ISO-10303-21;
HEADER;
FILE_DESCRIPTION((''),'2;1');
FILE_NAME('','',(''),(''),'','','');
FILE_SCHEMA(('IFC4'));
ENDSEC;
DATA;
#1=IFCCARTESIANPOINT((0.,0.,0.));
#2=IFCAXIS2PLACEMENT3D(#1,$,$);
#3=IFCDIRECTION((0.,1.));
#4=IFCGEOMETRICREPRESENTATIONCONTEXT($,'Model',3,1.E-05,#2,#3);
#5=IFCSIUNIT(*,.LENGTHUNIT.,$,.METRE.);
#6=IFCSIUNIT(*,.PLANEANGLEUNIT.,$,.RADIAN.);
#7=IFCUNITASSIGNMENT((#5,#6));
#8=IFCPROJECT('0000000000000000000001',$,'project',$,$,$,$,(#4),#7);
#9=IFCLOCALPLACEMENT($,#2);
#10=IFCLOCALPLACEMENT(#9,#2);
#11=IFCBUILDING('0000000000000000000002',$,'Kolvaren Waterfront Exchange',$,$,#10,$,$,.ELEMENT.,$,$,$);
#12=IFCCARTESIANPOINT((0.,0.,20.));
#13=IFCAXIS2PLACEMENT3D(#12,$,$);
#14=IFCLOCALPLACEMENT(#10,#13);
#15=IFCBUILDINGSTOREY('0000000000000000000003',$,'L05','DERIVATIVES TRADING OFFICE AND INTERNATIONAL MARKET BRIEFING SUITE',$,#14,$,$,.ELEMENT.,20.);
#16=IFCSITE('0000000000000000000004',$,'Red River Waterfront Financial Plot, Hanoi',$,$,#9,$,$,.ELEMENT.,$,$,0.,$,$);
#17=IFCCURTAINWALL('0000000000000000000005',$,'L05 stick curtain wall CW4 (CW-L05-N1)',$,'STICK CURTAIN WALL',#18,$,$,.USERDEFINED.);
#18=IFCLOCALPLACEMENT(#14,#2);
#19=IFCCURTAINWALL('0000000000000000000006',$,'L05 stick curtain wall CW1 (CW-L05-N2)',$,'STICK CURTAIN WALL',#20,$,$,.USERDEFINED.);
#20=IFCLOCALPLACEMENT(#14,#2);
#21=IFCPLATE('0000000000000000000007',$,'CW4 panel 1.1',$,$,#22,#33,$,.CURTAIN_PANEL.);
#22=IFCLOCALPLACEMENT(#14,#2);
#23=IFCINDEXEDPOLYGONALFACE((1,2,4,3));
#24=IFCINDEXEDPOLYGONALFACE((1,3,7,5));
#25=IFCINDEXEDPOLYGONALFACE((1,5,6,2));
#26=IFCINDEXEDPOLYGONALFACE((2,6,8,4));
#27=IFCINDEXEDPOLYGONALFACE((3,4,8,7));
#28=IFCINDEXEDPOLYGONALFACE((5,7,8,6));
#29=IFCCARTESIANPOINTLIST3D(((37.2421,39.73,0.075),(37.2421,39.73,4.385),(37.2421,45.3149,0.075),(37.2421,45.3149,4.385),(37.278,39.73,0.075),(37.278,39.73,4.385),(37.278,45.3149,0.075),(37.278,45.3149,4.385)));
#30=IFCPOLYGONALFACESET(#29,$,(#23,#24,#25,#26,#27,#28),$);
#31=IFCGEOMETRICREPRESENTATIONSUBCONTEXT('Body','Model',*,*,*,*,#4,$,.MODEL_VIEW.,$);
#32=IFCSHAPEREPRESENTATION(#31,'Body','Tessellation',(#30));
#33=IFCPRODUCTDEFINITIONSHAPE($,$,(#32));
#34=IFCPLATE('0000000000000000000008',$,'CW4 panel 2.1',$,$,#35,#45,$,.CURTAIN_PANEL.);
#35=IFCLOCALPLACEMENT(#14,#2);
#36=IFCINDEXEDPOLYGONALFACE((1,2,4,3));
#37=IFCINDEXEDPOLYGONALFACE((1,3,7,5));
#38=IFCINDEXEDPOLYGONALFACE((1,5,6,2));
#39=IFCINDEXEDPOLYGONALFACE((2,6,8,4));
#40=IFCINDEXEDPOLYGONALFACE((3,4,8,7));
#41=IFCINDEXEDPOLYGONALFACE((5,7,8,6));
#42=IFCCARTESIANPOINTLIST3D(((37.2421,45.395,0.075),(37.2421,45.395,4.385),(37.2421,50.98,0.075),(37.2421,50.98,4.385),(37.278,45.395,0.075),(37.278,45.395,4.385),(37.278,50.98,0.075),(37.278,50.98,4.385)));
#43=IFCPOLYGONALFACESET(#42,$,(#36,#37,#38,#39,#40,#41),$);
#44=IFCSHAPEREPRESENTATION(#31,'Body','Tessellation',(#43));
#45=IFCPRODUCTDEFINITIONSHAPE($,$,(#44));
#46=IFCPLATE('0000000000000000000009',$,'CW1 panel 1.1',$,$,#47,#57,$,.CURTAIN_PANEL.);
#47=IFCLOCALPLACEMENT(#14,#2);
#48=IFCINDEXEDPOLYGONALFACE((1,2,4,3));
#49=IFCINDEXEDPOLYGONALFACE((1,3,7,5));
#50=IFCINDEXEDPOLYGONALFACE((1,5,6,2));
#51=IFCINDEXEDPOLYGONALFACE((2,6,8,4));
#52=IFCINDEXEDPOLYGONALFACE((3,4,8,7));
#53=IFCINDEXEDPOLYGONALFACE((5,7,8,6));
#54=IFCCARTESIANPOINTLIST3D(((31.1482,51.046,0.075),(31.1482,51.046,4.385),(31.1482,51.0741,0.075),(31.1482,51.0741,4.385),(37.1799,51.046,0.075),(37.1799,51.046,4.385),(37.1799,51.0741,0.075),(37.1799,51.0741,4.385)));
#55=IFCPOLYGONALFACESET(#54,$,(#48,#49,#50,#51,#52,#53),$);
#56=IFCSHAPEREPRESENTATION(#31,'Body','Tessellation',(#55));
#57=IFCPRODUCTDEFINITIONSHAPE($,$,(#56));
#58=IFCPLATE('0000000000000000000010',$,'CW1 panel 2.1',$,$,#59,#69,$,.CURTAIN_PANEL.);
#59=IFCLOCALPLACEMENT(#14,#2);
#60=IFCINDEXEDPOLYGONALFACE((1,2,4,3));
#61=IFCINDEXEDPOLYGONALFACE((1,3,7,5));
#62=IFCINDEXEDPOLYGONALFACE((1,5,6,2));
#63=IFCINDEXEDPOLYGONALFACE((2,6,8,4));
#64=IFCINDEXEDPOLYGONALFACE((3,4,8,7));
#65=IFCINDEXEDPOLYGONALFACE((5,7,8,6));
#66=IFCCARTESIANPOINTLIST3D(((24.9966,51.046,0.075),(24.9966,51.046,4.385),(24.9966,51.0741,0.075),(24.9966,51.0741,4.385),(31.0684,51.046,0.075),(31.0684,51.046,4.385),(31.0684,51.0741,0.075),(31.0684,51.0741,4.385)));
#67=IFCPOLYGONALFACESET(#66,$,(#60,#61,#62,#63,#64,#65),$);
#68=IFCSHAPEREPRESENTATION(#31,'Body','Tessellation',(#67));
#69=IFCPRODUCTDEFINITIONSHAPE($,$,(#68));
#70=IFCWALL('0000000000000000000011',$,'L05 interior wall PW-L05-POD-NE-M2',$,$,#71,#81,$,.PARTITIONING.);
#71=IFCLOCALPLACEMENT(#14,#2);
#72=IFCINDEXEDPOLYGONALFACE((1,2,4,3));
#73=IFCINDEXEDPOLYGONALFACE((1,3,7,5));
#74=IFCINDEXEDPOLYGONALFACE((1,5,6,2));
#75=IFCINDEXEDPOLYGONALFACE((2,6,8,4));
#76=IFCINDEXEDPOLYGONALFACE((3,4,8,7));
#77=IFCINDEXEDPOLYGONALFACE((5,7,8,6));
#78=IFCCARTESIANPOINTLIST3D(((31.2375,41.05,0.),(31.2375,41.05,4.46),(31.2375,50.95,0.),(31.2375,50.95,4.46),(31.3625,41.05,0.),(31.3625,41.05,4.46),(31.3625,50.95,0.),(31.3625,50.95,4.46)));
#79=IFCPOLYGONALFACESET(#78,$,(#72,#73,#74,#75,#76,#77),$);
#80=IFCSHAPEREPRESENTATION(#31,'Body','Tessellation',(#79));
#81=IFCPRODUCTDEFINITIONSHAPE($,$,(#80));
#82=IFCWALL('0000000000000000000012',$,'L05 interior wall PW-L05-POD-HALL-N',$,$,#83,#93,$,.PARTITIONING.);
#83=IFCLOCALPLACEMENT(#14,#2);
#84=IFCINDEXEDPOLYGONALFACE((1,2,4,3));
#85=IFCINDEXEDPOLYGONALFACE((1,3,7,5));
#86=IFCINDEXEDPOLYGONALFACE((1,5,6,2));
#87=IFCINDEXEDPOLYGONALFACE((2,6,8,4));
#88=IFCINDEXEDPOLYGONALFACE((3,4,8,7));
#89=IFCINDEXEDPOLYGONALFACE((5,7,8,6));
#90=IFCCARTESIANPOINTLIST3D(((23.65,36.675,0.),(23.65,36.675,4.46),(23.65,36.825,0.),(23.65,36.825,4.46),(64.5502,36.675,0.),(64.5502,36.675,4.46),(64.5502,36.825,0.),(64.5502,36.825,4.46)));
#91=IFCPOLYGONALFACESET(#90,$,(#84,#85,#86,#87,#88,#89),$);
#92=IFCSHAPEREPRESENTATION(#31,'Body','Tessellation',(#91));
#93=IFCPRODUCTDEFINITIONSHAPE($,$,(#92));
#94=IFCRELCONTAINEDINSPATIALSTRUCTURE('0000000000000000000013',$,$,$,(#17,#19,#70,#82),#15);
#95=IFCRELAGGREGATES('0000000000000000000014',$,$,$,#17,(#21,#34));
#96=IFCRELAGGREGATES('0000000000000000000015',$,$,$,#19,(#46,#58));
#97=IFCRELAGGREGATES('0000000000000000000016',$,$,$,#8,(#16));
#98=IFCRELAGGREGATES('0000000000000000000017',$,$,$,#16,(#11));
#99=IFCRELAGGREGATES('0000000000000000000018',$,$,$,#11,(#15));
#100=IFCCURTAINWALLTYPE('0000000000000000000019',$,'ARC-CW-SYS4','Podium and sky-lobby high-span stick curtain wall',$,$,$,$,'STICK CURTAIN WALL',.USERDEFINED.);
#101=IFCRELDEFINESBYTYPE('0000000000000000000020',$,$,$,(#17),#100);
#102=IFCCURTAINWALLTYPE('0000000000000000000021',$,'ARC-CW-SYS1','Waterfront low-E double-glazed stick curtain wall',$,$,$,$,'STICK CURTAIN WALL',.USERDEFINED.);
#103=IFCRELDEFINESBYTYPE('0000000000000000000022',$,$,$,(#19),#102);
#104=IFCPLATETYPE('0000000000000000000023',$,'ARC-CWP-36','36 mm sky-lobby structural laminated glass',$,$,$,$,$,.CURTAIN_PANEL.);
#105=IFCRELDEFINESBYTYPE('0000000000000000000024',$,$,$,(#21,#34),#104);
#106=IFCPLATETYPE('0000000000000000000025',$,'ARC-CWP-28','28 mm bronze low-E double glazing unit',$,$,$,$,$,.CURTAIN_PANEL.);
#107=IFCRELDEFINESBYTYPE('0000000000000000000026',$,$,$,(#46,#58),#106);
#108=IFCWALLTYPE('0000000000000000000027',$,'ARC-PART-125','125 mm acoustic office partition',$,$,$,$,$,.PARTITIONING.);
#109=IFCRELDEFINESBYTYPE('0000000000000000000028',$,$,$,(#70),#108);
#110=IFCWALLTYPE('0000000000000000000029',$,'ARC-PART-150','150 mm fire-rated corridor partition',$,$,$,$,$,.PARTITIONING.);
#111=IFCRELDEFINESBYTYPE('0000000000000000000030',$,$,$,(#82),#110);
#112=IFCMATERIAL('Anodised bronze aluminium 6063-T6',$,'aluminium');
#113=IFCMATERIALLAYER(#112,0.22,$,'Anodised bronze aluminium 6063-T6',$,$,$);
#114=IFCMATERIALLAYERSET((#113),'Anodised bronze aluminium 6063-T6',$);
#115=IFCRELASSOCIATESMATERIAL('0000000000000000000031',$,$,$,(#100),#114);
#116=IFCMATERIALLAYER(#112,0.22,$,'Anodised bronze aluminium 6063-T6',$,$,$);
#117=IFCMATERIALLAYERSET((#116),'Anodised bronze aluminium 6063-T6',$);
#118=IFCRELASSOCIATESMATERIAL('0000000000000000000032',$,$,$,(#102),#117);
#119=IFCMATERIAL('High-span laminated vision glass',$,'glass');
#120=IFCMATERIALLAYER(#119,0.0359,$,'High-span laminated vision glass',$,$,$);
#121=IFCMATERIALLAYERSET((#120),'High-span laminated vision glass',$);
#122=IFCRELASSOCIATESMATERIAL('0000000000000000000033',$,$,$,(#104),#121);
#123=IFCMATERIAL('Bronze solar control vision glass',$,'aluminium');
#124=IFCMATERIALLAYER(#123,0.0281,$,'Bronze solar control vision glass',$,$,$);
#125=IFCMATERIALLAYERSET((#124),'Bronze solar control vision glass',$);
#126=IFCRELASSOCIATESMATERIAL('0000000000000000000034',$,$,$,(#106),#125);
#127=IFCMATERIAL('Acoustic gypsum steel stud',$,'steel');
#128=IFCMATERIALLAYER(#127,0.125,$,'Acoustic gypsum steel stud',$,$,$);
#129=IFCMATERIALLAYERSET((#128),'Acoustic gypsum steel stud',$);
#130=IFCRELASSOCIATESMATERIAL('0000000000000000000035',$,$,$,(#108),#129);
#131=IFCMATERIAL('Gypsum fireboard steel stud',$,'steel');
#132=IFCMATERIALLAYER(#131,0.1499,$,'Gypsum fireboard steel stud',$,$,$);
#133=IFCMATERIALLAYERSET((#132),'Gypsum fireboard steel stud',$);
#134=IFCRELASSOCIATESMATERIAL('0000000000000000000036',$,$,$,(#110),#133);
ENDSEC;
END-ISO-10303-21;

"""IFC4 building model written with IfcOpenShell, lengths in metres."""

from ifc_helpers import new_model, si_unit, direction, frame, frame_2d, origin, origin_with_axes, origin_2d, place, context, subcontext, project, spatial, rectangle, extrude, source, transform, mapped, material, layer, layer_set, type_object, element, aggregate, save


model = new_model("IFC4")

# Units and contexts
model_context = context("Model", 3, precision=1e-05, world=origin(), true_north=direction((0.0, 1.0)))
body_context = subcontext(model_context, "Body", "Model", "MODEL_VIEW")
ifc_project = project(units=[si_unit("LENGTHUNIT", "METRE"), si_unit("PLANEANGLEUNIT", "RADIAN")], contexts=[model_context])

# Site, building, storey
site_placement = place(None, origin())
site = spatial("IfcSite", under=ifc_project, at=site_placement, Name="Red River Waterfront Financial Plot, Hanoi", CompositionType="ELEMENT", RefElevation=0.0)
building_placement = place(site_placement, origin())
building = spatial("IfcBuilding", under=site, at=building_placement, Name="Kolvaren Waterfront Exchange", CompositionType="ELEMENT")
storey_placement = place(building_placement, frame((0.0, 0.0, 20.0)))
storey = spatial("IfcBuildingStorey", under=building, at=storey_placement, Name="L05", Description="DERIVATIVES TRADING OFFICE AND INTERNATIONAL MARKET BRIEFING SUITE", CompositionType="ELEMENT", Elevation=20.0)

# Curtain walls
ifc_material_1 = material(Name="Anodised bronze aluminium 6063-T6", Category="aluminium")
ifc_layer_1 = layer(ifc_material_1, 0.22, Name="Anodised bronze aluminium 6063-T6")
ifc_layer_set_1 = layer_set([ifc_layer_1], Name="Anodised bronze aluminium 6063-T6")
curtain_wall_type_1 = type_object("IfcCurtainWallType", Name="ARC-CW-SYS4", Description="Podium and sky-lobby high-span stick curtain wall", ElementType="STICK CURTAIN WALL", PredefinedType="USERDEFINED", material=ifc_layer_set_1)
curtain_wall_1_placement = place(storey_placement, origin())
curtain_wall_1 = element("IfcCurtainWall", 1, at=curtain_wall_1_placement, inside=storey, type_object=curtain_wall_type_1, Name="L05 stick curtain wall CW4 (CW-L05-N1)", ObjectType="STICK CURTAIN WALL", PredefinedType="USERDEFINED")
ifc_layer_2 = layer(ifc_material_1, 0.22, Name="Anodised bronze aluminium 6063-T6")
ifc_layer_set_2 = layer_set([ifc_layer_2], Name="Anodised bronze aluminium 6063-T6")
curtain_wall_type_2 = type_object("IfcCurtainWallType", Name="ARC-CW-SYS1", Description="Waterfront low-E double-glazed stick curtain wall", ElementType="STICK CURTAIN WALL", PredefinedType="USERDEFINED", material=ifc_layer_set_2)
curtain_wall_2_placement = place(storey_placement, origin())
curtain_wall_2 = element("IfcCurtainWall", 2, at=curtain_wall_2_placement, inside=storey, type_object=curtain_wall_type_2, Name="L05 stick curtain wall CW1 (CW-L05-N2)", ObjectType="STICK CURTAIN WALL", PredefinedType="USERDEFINED")

# Plates
ifc_material_2 = material(Name="High-span laminated vision glass", Category="glass")
ifc_layer_3 = layer(ifc_material_2, 0.0359, Name="High-span laminated vision glass")
ifc_layer_set_3 = layer_set([ifc_layer_3], Name="High-span laminated vision glass")
plate_type_1 = type_object("IfcPlateType", Name="ARC-CWP-36", Description="36 mm sky-lobby structural laminated glass", PredefinedType="CURTAIN_PANEL", material=ifc_layer_set_3)
shared_shape_1 = source(origin_with_axes(), body_context, "Body", "SweptSolid", [
    extrude(rectangle(XDim=5.585, YDim=0.0359, at=origin_2d()), origin(), (0.0, 0.0, 1.0), 4.3101),
])
plate_1_placement = place(storey_placement, frame((37.26, 42.5225, 0.075), z_axis=(0.0, 0.0, 1.0), x_axis=(0.0, 1.0, 0.0)))
plate_1 = element("IfcPlate", 3, at=plate_1_placement, type_object=plate_type_1, Name="CW4 panel 1.1", PredefinedType="CURTAIN_PANEL", context=body_context, shape_type="MappedRepresentation", body=[
    mapped(shared_shape_1, transform((0.0, 0.0, 0.0), x_axis=(1.0, 0.0, 0.0), y_axis=(0.0, 1.0, 0.0), z_axis=(0.0, 0.0, 1.0), scale=1.0)),
])
plate_2_placement = place(storey_placement, frame((37.26, 48.1875, 0.075), z_axis=(0.0, 0.0, 1.0), x_axis=(0.0, 1.0, 0.0)))
plate_2 = element("IfcPlate", 4, at=plate_2_placement, type_object=plate_type_1, Name="CW4 panel 2.1", PredefinedType="CURTAIN_PANEL", context=body_context, shape_type="MappedRepresentation", body=[
    mapped(shared_shape_1, transform((0.0, 0.0, 0.0), x_axis=(1.0, 0.0, 0.0), y_axis=(0.0, 1.0, 0.0), z_axis=(0.0, 0.0, 1.0), scale=1.0)),
])
aggregate(curtain_wall_1, [plate_1, plate_2])
ifc_material_3 = material(Name="Bronze solar control vision glass", Category="aluminium")
ifc_layer_4 = layer(ifc_material_3, 0.0281, Name="Bronze solar control vision glass")
ifc_layer_set_4 = layer_set([ifc_layer_4], Name="Bronze solar control vision glass")
plate_type_2 = type_object("IfcPlateType", Name="ARC-CWP-28", Description="28 mm bronze low-E double glazing unit", PredefinedType="CURTAIN_PANEL", material=ifc_layer_set_4)
shared_shape_2 = source(origin_with_axes(), body_context, "Body", "SweptSolid", [
    extrude(rectangle(XDim=6.0317, YDim=0.0281, at=origin_2d()), origin(), (0.0, 0.0, 1.0), 4.3101),
])
plate_3_placement = place(storey_placement, frame((34.1641, 51.0601, 0.075), z_axis=(0.0, 0.0, 1.0), x_axis=(-1.0, 0.0, 0.0)))
plate_3 = element("IfcPlate", 5, at=plate_3_placement, type_object=plate_type_2, Name="CW1 panel 1.1", PredefinedType="CURTAIN_PANEL", context=body_context, shape_type="MappedRepresentation", body=[
    mapped(shared_shape_2, transform((0.0, 0.0, 0.0), x_axis=(1.0, 0.0, 0.0), y_axis=(0.0, 1.0, 0.0), z_axis=(0.0, 0.0, 1.0), scale=1.0)),
])
shared_shape_3 = source(origin_with_axes(), body_context, "Body", "SweptSolid", [
    extrude(rectangle(XDim=6.0718, YDim=0.0281, at=origin_2d()), origin(), (0.0, 0.0, 1.0), 4.3101),
])
plate_4_placement = place(storey_placement, frame((28.0325, 51.0601, 0.075), z_axis=(0.0, 0.0, 1.0), x_axis=(-1.0, 0.0, 0.0)))
plate_4 = element("IfcPlate", 6, at=plate_4_placement, type_object=plate_type_2, Name="CW1 panel 2.1", PredefinedType="CURTAIN_PANEL", context=body_context, shape_type="MappedRepresentation", body=[
    mapped(shared_shape_3, transform((0.0, 0.0, 0.0), x_axis=(1.0, 0.0, 0.0), y_axis=(0.0, 1.0, 0.0), z_axis=(0.0, 0.0, 1.0), scale=1.0)),
])
aggregate(curtain_wall_2, [plate_3, plate_4])

# Walls
ifc_material_4 = material(Name="Acoustic gypsum steel stud", Category="steel")
ifc_layer_5 = layer(ifc_material_4, 0.125, Name="Acoustic gypsum steel stud")
ifc_layer_set_5 = layer_set([ifc_layer_5], Name="Acoustic gypsum steel stud")
wall_type_1 = type_object("IfcWallType", Name="ARC-PART-125", Description="125 mm acoustic office partition", PredefinedType="PARTITIONING", material=ifc_layer_set_5)
wall_1_placement = place(storey_placement, frame((31.3, 41.05, 0.0), z_axis=(0.0, 0.0, 1.0), x_axis=(0.0, 1.0, 0.0)))
element("IfcWall", 7, at=wall_1_placement, inside=storey, type_object=wall_type_1, Name="L05 interior wall PW-L05-POD-NE-M2", PredefinedType="PARTITIONING", context=body_context, shape_type="SweptSolid", body=[
    extrude(rectangle(XDim=9.8999, YDim=0.125, at=frame_2d((4.95, 0.0))), origin(), (0.0, 0.0, 1.0), 4.46),
])
ifc_material_5 = material(Name="Gypsum fireboard steel stud", Category="steel")
ifc_layer_6 = layer(ifc_material_5, 0.1499, Name="Gypsum fireboard steel stud")
ifc_layer_set_6 = layer_set([ifc_layer_6], Name="Gypsum fireboard steel stud")
wall_type_2 = type_object("IfcWallType", Name="ARC-PART-150", Description="150 mm fire-rated corridor partition", PredefinedType="PARTITIONING", material=ifc_layer_set_6)
wall_2_placement = place(storey_placement, frame((23.6499, 36.75, 0.0), z_axis=(0.0, 0.0, 1.0), x_axis=(1.0, 0.0, 0.0)))
element("IfcWall", 8, at=wall_2_placement, inside=storey, type_object=wall_type_2, Name="L05 interior wall PW-L05-POD-HALL-N", PredefinedType="PARTITIONING", context=body_context, shape_type="SweptSolid", body=[
    extrude(rectangle(XDim=40.9001, YDim=0.1499, at=frame_2d((20.4502, 0.0))), origin(), (0.0, 0.0, 1.0), 4.46),
])

save(model, "model.ifc")
